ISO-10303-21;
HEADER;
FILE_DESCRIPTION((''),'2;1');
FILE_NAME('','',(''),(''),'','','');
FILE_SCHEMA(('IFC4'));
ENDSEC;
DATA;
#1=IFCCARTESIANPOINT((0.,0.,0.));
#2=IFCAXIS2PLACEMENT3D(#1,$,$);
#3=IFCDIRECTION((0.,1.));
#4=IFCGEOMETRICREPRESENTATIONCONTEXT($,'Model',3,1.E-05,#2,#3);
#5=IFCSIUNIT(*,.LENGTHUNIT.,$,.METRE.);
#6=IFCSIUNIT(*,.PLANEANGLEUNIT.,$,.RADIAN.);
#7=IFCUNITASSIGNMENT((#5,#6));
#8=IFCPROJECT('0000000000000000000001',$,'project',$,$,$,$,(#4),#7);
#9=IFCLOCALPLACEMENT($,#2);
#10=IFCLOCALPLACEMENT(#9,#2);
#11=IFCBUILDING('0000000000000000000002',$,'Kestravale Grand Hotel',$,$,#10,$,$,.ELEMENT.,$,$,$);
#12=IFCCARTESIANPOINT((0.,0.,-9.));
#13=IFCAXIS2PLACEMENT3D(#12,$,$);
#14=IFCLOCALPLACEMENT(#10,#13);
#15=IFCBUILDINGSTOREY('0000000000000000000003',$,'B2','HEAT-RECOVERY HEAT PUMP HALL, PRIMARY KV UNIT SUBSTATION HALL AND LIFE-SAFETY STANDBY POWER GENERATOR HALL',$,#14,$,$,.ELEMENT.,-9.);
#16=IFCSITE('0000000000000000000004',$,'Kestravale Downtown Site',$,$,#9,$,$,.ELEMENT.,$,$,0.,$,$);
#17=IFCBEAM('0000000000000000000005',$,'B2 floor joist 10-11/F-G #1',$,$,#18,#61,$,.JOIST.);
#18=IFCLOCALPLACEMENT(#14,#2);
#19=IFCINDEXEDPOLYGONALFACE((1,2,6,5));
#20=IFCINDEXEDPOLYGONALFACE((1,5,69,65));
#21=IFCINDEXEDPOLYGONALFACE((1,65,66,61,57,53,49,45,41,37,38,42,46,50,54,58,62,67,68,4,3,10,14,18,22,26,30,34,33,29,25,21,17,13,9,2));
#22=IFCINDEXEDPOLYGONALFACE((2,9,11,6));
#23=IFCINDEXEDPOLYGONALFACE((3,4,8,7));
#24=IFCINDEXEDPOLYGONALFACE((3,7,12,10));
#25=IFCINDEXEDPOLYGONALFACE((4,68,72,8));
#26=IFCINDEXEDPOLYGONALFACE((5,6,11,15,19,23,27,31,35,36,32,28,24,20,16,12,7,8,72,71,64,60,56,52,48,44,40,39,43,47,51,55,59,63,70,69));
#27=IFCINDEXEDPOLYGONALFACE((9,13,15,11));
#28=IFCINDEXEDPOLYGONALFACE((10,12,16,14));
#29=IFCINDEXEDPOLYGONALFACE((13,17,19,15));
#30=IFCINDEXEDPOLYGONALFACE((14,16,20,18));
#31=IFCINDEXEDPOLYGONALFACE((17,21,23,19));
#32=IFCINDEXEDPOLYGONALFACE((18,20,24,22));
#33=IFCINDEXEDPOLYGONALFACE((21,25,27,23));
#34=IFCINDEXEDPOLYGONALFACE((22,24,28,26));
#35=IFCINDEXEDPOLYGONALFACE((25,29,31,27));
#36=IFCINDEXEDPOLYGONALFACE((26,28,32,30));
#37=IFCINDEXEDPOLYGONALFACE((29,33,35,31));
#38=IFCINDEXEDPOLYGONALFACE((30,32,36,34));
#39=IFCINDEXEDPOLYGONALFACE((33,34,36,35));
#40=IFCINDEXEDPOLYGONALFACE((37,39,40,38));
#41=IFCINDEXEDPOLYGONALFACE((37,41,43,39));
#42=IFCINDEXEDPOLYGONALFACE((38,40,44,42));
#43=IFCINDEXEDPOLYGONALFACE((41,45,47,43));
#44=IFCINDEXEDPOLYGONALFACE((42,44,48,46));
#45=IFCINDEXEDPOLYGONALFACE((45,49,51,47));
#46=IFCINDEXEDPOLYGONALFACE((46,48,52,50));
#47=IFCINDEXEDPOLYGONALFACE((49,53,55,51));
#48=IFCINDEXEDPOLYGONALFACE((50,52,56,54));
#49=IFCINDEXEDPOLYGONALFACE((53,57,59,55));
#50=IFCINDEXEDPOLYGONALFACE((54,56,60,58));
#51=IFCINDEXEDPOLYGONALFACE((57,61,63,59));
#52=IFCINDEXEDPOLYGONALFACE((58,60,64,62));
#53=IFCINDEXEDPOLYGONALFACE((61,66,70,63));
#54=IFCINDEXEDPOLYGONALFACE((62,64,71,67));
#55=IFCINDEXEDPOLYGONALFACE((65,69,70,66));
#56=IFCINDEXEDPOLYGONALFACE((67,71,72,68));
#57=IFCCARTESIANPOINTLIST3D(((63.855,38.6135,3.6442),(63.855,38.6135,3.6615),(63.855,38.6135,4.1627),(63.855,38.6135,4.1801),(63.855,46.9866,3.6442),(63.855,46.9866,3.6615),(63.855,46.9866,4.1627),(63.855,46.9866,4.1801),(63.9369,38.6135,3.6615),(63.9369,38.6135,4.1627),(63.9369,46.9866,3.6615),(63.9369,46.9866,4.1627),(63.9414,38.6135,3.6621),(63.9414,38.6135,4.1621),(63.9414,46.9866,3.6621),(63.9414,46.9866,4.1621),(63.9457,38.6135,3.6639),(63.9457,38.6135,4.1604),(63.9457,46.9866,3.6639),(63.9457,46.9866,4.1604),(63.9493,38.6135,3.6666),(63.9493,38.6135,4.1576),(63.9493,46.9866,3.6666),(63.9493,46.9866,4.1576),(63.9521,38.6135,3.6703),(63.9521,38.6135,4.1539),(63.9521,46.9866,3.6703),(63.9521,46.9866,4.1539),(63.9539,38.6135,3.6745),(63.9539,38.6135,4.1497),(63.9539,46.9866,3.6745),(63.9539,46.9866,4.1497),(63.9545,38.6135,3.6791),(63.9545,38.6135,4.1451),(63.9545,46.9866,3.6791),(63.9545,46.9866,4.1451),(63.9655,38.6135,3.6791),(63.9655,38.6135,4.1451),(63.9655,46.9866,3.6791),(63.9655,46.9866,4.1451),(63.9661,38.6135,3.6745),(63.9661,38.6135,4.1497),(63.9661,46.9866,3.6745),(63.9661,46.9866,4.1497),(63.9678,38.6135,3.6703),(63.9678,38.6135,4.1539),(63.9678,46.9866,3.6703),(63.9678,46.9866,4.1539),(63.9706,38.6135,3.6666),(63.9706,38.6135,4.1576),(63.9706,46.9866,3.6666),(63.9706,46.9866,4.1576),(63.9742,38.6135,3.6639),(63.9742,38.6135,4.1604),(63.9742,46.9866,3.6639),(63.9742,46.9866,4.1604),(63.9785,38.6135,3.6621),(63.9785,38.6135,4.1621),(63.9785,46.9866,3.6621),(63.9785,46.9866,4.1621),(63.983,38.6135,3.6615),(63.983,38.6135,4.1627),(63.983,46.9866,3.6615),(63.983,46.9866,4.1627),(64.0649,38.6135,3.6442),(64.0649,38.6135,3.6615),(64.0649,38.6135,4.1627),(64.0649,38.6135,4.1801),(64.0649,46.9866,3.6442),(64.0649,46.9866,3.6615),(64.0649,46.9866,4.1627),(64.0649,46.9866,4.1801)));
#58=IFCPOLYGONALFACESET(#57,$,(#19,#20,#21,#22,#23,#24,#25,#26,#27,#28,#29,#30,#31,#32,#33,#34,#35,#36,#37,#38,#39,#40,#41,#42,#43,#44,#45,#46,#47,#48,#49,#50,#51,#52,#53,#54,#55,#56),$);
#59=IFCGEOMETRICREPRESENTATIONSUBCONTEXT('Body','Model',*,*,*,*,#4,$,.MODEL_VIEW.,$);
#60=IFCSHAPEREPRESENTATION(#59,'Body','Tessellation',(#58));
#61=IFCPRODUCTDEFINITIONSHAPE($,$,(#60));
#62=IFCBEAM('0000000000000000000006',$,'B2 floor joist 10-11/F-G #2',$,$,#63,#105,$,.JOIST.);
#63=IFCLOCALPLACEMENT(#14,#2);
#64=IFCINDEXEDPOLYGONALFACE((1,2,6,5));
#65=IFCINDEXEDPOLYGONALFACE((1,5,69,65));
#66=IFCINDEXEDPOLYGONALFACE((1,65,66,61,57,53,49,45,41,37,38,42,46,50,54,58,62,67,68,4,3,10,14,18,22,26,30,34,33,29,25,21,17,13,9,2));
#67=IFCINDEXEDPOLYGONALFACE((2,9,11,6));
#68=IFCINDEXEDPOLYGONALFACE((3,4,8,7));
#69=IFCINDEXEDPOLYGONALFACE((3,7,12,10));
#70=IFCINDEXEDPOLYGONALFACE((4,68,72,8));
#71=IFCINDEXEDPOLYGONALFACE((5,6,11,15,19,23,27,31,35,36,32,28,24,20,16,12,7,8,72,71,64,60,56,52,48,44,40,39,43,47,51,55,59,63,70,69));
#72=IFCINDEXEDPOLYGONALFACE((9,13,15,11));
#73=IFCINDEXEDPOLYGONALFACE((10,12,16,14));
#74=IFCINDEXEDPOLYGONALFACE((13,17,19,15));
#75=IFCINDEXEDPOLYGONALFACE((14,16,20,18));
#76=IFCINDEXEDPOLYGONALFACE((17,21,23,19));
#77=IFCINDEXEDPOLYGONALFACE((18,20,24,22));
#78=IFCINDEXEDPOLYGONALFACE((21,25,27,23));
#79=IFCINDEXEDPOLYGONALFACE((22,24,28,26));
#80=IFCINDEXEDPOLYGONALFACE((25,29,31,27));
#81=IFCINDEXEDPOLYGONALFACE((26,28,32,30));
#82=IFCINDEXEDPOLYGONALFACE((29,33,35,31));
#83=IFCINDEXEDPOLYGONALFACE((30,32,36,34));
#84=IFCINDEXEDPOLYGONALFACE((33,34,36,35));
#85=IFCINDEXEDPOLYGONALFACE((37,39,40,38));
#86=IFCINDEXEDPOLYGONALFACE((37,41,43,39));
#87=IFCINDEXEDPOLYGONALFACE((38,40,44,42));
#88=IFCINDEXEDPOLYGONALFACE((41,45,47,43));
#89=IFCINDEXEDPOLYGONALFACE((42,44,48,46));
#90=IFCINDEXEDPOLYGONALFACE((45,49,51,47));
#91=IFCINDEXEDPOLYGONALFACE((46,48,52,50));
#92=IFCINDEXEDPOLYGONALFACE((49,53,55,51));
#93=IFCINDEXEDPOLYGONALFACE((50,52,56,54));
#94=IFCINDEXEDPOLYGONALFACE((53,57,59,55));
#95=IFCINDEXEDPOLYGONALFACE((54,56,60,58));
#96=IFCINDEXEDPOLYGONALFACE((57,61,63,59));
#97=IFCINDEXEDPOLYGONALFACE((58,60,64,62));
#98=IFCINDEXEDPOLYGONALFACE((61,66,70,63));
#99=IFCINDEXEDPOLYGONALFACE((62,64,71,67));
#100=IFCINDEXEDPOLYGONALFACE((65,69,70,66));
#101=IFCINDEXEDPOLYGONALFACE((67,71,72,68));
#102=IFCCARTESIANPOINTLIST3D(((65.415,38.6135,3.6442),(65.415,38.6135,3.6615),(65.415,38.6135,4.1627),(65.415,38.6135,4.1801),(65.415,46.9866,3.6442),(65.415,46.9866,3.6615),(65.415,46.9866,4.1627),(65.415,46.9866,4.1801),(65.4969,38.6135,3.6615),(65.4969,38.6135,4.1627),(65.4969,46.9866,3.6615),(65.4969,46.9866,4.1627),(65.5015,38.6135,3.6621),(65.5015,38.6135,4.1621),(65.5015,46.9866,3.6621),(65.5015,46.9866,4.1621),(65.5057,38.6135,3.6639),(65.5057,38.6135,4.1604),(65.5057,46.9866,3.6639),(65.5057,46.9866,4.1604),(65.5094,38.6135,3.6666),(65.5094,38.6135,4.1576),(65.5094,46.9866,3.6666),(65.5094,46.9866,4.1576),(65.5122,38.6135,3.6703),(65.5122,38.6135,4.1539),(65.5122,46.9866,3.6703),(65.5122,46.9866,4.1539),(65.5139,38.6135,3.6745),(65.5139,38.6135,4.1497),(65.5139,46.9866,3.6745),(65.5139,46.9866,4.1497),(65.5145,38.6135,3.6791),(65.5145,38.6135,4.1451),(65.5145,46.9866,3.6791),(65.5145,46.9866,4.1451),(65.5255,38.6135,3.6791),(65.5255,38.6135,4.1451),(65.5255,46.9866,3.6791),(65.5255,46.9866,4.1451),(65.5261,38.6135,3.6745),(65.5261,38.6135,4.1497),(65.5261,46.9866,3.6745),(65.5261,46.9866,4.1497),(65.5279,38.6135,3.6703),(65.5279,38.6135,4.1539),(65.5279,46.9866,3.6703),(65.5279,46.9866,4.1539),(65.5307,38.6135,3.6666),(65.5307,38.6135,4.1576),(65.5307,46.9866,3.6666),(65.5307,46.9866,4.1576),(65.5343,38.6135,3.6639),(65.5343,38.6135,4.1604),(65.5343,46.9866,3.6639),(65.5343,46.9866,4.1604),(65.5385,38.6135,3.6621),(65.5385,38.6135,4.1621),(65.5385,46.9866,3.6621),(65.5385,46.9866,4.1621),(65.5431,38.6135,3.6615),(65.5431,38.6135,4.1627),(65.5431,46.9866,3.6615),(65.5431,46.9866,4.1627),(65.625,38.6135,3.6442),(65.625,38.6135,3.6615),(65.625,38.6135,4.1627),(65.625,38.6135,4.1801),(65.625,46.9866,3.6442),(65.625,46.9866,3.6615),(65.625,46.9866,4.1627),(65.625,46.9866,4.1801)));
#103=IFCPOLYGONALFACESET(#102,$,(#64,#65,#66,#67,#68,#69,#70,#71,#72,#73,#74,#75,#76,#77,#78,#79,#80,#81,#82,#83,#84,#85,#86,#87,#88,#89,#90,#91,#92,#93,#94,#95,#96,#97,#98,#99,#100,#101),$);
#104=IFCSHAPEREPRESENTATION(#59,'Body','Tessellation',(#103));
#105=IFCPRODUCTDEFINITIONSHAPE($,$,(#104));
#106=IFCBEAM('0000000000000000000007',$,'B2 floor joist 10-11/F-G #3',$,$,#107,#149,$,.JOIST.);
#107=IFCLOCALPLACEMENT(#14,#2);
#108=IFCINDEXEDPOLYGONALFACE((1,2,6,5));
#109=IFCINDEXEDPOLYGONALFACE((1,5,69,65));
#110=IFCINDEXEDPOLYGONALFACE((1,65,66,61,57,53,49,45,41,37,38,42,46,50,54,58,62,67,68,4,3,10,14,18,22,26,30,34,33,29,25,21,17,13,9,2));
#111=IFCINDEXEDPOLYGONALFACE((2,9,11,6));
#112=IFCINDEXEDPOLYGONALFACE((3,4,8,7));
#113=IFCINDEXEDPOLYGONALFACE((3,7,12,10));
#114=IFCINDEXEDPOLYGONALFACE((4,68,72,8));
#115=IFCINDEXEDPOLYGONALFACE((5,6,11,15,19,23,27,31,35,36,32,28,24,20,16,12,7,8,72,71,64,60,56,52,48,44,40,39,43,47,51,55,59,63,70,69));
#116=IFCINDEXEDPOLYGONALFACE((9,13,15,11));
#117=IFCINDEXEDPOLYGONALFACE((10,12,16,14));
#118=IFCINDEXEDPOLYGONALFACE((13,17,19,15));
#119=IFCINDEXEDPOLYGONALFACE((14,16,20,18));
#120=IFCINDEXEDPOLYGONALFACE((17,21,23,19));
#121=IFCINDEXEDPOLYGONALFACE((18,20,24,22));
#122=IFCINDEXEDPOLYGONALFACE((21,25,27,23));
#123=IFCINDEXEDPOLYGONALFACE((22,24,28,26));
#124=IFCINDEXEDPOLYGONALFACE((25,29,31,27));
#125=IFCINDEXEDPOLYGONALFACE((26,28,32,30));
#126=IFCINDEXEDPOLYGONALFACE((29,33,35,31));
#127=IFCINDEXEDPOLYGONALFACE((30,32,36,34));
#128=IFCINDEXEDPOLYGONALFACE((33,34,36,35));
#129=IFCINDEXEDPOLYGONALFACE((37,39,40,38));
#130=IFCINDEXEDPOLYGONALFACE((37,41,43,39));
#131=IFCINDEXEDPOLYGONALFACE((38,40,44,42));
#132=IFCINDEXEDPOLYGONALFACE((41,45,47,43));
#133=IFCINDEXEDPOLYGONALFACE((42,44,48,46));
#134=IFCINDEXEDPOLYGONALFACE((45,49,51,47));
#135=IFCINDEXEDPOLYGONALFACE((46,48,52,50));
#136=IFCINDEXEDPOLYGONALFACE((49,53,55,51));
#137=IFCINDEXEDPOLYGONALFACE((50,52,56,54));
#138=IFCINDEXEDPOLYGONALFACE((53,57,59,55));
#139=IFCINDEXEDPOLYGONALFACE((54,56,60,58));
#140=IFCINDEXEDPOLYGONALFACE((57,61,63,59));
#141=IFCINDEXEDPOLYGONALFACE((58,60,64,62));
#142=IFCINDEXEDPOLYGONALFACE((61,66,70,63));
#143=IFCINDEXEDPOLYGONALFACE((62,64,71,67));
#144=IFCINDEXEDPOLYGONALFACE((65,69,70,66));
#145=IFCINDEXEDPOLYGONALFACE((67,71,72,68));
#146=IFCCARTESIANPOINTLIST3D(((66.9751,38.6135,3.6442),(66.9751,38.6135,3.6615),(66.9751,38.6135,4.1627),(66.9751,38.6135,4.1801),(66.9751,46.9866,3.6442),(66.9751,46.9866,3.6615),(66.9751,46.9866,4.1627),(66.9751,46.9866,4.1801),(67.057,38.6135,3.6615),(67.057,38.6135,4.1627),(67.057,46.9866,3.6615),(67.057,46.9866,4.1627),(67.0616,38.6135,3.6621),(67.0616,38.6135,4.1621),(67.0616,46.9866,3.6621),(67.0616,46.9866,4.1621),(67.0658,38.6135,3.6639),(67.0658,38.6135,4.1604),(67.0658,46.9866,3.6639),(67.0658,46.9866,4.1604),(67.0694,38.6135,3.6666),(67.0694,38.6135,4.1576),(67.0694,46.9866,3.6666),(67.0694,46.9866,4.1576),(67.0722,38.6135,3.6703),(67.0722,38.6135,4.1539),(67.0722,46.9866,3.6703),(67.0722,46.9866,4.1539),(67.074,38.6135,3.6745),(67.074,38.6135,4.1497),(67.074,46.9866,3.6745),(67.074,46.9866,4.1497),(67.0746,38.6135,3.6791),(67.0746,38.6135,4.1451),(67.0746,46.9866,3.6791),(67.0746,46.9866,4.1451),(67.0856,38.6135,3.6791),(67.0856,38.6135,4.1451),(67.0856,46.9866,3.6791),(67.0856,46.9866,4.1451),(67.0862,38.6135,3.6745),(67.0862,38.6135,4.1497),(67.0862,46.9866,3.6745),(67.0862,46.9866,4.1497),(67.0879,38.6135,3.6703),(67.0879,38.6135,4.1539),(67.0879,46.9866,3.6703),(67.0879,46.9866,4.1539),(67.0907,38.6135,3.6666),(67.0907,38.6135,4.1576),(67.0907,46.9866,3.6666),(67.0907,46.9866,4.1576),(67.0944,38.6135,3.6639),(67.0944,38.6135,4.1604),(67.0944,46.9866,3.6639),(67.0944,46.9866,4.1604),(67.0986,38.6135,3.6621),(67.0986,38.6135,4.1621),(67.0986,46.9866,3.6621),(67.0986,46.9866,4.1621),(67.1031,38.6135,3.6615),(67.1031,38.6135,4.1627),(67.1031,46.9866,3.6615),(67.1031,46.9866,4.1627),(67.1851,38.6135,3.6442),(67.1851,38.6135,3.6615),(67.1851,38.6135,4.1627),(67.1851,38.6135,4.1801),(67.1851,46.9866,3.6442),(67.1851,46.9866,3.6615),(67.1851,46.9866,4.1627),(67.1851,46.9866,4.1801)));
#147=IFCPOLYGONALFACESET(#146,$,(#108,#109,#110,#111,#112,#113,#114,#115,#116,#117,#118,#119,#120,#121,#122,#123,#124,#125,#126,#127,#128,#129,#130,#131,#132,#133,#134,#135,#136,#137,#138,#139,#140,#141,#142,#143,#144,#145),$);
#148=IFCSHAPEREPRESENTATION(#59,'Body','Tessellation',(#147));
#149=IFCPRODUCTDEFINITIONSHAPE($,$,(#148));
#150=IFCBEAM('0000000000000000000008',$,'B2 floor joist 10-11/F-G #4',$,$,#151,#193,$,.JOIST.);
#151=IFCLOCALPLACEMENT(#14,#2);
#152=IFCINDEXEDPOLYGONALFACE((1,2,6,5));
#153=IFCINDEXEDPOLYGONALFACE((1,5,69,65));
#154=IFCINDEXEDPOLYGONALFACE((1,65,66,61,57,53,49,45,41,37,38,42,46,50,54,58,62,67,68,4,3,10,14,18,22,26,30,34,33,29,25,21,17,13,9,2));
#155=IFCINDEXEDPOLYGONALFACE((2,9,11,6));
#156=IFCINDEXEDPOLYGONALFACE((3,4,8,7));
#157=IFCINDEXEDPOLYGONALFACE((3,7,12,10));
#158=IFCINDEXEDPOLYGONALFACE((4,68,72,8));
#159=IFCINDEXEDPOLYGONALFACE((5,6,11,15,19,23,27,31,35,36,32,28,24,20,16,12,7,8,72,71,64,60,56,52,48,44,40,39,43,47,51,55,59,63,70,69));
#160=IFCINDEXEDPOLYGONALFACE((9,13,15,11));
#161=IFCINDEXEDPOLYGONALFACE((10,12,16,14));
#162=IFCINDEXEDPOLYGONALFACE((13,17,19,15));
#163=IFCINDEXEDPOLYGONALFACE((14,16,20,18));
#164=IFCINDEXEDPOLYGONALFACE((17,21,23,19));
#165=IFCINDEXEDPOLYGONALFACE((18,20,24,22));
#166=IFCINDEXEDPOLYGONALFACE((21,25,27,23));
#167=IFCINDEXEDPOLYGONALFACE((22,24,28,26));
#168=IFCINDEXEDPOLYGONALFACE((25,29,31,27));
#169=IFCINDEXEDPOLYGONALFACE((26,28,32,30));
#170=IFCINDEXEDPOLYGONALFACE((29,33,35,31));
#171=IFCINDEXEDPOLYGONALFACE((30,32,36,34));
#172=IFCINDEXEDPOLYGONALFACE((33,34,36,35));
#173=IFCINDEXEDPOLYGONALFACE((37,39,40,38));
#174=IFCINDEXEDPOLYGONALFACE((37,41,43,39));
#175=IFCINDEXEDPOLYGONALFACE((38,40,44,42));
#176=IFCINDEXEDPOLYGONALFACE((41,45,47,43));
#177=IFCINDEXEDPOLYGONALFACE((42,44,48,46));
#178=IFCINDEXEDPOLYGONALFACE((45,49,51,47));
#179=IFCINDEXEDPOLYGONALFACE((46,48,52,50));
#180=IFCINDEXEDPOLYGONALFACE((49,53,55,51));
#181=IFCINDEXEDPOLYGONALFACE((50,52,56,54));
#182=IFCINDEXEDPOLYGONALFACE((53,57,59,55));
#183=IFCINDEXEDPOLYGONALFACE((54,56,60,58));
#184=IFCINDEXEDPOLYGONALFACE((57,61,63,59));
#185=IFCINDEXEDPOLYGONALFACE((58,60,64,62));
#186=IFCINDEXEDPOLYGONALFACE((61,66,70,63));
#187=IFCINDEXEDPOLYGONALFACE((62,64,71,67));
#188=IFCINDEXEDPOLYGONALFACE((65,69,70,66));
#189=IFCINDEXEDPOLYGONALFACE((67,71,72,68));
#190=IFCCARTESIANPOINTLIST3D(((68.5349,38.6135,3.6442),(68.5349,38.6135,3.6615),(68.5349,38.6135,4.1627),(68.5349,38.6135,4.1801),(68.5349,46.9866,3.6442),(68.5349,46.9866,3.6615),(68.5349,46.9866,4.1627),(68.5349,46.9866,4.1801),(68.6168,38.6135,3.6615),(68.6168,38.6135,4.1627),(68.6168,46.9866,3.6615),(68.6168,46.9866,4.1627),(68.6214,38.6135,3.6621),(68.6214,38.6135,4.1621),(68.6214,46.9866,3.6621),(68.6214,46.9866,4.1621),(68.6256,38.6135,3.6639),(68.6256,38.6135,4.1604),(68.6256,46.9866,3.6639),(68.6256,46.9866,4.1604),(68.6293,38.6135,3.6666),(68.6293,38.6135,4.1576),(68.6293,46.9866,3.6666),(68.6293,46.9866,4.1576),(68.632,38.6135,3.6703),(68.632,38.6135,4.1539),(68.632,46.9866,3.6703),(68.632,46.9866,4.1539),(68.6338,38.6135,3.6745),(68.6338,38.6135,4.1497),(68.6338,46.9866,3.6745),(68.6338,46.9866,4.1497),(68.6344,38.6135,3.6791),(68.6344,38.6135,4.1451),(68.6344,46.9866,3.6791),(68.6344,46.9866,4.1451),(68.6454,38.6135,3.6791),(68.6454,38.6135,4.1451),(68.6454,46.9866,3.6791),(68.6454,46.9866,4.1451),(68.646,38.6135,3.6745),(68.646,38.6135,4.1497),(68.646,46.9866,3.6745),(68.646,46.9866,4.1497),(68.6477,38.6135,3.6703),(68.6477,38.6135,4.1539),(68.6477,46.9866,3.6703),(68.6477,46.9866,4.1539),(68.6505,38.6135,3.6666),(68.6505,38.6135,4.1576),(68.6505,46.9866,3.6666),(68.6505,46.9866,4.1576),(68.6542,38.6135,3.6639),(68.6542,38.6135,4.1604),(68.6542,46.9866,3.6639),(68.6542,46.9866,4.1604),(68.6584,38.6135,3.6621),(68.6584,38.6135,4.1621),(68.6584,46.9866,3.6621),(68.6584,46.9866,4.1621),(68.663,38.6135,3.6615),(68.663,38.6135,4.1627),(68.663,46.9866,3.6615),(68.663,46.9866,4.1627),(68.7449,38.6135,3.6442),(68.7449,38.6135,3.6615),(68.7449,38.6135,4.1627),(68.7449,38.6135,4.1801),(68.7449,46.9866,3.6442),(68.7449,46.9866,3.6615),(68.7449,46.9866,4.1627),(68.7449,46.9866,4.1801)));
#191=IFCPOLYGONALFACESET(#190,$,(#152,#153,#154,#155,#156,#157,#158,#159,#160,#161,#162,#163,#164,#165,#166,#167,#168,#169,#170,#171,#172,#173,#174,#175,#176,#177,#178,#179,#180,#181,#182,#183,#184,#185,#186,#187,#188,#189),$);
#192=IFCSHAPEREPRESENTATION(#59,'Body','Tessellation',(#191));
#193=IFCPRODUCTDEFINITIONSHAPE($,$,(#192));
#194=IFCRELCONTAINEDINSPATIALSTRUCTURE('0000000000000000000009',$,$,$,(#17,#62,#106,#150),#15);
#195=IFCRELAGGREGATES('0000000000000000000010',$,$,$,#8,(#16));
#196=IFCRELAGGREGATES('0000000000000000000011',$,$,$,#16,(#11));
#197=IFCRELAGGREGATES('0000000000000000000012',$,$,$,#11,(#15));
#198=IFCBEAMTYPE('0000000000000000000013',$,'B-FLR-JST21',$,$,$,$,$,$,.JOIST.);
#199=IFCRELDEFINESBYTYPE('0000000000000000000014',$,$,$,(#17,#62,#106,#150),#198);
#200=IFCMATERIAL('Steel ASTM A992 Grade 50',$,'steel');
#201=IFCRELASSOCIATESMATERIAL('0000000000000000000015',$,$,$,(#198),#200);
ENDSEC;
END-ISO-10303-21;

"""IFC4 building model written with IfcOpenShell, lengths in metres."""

from ifc_helpers import new_model, si_unit, direction, frame, origin, origin_2d, place, context, subcontext, project, spatial, i_section, extrude, material, material_profile, profile_set, type_object, element, save


model = new_model("IFC4")

# Units and contexts
model_context = context("Model", 3, precision=1e-05, world=origin(), true_north=direction((0.0, 1.0)))
body_context = subcontext(model_context, "Body", "Model", "MODEL_VIEW")
ifc_project = project(units=[si_unit("LENGTHUNIT", "METRE"), si_unit("PLANEANGLEUNIT", "RADIAN")], contexts=[model_context])

# Site, building, storey
site_placement = place(None, origin())
site = spatial("IfcSite", under=ifc_project, at=site_placement, Name="Kestravale Downtown Site", CompositionType="ELEMENT", RefElevation=0.0)
building_placement = place(site_placement, origin())
building = spatial("IfcBuilding", under=site, at=building_placement, Name="Kestravale Grand Hotel", CompositionType="ELEMENT")
storey_placement = place(building_placement, frame((0.0, 0.0, -9.0)))
storey = spatial("IfcBuildingStorey", under=building, at=storey_placement, Name="B2", Description="HEAT-RECOVERY HEAT PUMP HALL, PRIMARY KV UNIT SUBSTATION HALL AND LIFE-SAFETY STANDBY POWER GENERATOR HALL", CompositionType="ELEMENT", Elevation=-9.0)

# Beams
ifc_material_1 = material(Name="Steel ASTM A992 Grade 50", Category="steel")
ifc_material_profile_1 = material_profile(ifc_material_1, i_section(OverallWidth=0.21, OverallDepth=0.5359, WebThickness=0.011, FlangeThickness=0.0173, FilletRadius=0.0176, at=origin_2d()))
ifc_profile_set_1 = profile_set([ifc_material_profile_1], Name="Steel ASTM A992 Grade 50")
beam_type_1 = type_object("IfcBeamType", Name="B-FLR-JST21", PredefinedType="JOIST", material=ifc_profile_set_1)
for number, where, z_axis, x_axis, name in (
    (1, (63.96, 38.6135, 3.9121), (0.0, 1.0, 0.0), (-1.0, 0.0, 0.0), "B2 floor joist 10-11/F-G #1"),
    (2, (65.52, 38.6135, 3.9121), (0.0, 1.0, 0.0), (-1.0, 0.0, 0.0), "B2 floor joist 10-11/F-G #2"),
    (3, (67.0801, 38.6135, 3.9121), (0.0, 1.0, 0.0), (-1.0, 0.0, 0.0), "B2 floor joist 10-11/F-G #3"),
    (4, (68.6399, 38.6135, 3.9121), (0.0, 1.0, 0.0), (-1.0, 0.0, 0.0), "B2 floor joist 10-11/F-G #4"),
):
    element("IfcBeam", number, at=place(storey_placement, frame(where, z_axis=z_axis, x_axis=x_axis)), inside=storey, type_object=beam_type_1, Name=name, PredefinedType="JOIST", context=body_context, shape_type="SweptSolid", body=[
        extrude(i_section(OverallWidth=0.21, OverallDepth=0.5359, WebThickness=0.011, FlangeThickness=0.0173, FilletRadius=0.0176, at=origin_2d()), origin(), (0.0, 0.0, 1.0), 8.373),
    ])

save(model, "model.ifc")
